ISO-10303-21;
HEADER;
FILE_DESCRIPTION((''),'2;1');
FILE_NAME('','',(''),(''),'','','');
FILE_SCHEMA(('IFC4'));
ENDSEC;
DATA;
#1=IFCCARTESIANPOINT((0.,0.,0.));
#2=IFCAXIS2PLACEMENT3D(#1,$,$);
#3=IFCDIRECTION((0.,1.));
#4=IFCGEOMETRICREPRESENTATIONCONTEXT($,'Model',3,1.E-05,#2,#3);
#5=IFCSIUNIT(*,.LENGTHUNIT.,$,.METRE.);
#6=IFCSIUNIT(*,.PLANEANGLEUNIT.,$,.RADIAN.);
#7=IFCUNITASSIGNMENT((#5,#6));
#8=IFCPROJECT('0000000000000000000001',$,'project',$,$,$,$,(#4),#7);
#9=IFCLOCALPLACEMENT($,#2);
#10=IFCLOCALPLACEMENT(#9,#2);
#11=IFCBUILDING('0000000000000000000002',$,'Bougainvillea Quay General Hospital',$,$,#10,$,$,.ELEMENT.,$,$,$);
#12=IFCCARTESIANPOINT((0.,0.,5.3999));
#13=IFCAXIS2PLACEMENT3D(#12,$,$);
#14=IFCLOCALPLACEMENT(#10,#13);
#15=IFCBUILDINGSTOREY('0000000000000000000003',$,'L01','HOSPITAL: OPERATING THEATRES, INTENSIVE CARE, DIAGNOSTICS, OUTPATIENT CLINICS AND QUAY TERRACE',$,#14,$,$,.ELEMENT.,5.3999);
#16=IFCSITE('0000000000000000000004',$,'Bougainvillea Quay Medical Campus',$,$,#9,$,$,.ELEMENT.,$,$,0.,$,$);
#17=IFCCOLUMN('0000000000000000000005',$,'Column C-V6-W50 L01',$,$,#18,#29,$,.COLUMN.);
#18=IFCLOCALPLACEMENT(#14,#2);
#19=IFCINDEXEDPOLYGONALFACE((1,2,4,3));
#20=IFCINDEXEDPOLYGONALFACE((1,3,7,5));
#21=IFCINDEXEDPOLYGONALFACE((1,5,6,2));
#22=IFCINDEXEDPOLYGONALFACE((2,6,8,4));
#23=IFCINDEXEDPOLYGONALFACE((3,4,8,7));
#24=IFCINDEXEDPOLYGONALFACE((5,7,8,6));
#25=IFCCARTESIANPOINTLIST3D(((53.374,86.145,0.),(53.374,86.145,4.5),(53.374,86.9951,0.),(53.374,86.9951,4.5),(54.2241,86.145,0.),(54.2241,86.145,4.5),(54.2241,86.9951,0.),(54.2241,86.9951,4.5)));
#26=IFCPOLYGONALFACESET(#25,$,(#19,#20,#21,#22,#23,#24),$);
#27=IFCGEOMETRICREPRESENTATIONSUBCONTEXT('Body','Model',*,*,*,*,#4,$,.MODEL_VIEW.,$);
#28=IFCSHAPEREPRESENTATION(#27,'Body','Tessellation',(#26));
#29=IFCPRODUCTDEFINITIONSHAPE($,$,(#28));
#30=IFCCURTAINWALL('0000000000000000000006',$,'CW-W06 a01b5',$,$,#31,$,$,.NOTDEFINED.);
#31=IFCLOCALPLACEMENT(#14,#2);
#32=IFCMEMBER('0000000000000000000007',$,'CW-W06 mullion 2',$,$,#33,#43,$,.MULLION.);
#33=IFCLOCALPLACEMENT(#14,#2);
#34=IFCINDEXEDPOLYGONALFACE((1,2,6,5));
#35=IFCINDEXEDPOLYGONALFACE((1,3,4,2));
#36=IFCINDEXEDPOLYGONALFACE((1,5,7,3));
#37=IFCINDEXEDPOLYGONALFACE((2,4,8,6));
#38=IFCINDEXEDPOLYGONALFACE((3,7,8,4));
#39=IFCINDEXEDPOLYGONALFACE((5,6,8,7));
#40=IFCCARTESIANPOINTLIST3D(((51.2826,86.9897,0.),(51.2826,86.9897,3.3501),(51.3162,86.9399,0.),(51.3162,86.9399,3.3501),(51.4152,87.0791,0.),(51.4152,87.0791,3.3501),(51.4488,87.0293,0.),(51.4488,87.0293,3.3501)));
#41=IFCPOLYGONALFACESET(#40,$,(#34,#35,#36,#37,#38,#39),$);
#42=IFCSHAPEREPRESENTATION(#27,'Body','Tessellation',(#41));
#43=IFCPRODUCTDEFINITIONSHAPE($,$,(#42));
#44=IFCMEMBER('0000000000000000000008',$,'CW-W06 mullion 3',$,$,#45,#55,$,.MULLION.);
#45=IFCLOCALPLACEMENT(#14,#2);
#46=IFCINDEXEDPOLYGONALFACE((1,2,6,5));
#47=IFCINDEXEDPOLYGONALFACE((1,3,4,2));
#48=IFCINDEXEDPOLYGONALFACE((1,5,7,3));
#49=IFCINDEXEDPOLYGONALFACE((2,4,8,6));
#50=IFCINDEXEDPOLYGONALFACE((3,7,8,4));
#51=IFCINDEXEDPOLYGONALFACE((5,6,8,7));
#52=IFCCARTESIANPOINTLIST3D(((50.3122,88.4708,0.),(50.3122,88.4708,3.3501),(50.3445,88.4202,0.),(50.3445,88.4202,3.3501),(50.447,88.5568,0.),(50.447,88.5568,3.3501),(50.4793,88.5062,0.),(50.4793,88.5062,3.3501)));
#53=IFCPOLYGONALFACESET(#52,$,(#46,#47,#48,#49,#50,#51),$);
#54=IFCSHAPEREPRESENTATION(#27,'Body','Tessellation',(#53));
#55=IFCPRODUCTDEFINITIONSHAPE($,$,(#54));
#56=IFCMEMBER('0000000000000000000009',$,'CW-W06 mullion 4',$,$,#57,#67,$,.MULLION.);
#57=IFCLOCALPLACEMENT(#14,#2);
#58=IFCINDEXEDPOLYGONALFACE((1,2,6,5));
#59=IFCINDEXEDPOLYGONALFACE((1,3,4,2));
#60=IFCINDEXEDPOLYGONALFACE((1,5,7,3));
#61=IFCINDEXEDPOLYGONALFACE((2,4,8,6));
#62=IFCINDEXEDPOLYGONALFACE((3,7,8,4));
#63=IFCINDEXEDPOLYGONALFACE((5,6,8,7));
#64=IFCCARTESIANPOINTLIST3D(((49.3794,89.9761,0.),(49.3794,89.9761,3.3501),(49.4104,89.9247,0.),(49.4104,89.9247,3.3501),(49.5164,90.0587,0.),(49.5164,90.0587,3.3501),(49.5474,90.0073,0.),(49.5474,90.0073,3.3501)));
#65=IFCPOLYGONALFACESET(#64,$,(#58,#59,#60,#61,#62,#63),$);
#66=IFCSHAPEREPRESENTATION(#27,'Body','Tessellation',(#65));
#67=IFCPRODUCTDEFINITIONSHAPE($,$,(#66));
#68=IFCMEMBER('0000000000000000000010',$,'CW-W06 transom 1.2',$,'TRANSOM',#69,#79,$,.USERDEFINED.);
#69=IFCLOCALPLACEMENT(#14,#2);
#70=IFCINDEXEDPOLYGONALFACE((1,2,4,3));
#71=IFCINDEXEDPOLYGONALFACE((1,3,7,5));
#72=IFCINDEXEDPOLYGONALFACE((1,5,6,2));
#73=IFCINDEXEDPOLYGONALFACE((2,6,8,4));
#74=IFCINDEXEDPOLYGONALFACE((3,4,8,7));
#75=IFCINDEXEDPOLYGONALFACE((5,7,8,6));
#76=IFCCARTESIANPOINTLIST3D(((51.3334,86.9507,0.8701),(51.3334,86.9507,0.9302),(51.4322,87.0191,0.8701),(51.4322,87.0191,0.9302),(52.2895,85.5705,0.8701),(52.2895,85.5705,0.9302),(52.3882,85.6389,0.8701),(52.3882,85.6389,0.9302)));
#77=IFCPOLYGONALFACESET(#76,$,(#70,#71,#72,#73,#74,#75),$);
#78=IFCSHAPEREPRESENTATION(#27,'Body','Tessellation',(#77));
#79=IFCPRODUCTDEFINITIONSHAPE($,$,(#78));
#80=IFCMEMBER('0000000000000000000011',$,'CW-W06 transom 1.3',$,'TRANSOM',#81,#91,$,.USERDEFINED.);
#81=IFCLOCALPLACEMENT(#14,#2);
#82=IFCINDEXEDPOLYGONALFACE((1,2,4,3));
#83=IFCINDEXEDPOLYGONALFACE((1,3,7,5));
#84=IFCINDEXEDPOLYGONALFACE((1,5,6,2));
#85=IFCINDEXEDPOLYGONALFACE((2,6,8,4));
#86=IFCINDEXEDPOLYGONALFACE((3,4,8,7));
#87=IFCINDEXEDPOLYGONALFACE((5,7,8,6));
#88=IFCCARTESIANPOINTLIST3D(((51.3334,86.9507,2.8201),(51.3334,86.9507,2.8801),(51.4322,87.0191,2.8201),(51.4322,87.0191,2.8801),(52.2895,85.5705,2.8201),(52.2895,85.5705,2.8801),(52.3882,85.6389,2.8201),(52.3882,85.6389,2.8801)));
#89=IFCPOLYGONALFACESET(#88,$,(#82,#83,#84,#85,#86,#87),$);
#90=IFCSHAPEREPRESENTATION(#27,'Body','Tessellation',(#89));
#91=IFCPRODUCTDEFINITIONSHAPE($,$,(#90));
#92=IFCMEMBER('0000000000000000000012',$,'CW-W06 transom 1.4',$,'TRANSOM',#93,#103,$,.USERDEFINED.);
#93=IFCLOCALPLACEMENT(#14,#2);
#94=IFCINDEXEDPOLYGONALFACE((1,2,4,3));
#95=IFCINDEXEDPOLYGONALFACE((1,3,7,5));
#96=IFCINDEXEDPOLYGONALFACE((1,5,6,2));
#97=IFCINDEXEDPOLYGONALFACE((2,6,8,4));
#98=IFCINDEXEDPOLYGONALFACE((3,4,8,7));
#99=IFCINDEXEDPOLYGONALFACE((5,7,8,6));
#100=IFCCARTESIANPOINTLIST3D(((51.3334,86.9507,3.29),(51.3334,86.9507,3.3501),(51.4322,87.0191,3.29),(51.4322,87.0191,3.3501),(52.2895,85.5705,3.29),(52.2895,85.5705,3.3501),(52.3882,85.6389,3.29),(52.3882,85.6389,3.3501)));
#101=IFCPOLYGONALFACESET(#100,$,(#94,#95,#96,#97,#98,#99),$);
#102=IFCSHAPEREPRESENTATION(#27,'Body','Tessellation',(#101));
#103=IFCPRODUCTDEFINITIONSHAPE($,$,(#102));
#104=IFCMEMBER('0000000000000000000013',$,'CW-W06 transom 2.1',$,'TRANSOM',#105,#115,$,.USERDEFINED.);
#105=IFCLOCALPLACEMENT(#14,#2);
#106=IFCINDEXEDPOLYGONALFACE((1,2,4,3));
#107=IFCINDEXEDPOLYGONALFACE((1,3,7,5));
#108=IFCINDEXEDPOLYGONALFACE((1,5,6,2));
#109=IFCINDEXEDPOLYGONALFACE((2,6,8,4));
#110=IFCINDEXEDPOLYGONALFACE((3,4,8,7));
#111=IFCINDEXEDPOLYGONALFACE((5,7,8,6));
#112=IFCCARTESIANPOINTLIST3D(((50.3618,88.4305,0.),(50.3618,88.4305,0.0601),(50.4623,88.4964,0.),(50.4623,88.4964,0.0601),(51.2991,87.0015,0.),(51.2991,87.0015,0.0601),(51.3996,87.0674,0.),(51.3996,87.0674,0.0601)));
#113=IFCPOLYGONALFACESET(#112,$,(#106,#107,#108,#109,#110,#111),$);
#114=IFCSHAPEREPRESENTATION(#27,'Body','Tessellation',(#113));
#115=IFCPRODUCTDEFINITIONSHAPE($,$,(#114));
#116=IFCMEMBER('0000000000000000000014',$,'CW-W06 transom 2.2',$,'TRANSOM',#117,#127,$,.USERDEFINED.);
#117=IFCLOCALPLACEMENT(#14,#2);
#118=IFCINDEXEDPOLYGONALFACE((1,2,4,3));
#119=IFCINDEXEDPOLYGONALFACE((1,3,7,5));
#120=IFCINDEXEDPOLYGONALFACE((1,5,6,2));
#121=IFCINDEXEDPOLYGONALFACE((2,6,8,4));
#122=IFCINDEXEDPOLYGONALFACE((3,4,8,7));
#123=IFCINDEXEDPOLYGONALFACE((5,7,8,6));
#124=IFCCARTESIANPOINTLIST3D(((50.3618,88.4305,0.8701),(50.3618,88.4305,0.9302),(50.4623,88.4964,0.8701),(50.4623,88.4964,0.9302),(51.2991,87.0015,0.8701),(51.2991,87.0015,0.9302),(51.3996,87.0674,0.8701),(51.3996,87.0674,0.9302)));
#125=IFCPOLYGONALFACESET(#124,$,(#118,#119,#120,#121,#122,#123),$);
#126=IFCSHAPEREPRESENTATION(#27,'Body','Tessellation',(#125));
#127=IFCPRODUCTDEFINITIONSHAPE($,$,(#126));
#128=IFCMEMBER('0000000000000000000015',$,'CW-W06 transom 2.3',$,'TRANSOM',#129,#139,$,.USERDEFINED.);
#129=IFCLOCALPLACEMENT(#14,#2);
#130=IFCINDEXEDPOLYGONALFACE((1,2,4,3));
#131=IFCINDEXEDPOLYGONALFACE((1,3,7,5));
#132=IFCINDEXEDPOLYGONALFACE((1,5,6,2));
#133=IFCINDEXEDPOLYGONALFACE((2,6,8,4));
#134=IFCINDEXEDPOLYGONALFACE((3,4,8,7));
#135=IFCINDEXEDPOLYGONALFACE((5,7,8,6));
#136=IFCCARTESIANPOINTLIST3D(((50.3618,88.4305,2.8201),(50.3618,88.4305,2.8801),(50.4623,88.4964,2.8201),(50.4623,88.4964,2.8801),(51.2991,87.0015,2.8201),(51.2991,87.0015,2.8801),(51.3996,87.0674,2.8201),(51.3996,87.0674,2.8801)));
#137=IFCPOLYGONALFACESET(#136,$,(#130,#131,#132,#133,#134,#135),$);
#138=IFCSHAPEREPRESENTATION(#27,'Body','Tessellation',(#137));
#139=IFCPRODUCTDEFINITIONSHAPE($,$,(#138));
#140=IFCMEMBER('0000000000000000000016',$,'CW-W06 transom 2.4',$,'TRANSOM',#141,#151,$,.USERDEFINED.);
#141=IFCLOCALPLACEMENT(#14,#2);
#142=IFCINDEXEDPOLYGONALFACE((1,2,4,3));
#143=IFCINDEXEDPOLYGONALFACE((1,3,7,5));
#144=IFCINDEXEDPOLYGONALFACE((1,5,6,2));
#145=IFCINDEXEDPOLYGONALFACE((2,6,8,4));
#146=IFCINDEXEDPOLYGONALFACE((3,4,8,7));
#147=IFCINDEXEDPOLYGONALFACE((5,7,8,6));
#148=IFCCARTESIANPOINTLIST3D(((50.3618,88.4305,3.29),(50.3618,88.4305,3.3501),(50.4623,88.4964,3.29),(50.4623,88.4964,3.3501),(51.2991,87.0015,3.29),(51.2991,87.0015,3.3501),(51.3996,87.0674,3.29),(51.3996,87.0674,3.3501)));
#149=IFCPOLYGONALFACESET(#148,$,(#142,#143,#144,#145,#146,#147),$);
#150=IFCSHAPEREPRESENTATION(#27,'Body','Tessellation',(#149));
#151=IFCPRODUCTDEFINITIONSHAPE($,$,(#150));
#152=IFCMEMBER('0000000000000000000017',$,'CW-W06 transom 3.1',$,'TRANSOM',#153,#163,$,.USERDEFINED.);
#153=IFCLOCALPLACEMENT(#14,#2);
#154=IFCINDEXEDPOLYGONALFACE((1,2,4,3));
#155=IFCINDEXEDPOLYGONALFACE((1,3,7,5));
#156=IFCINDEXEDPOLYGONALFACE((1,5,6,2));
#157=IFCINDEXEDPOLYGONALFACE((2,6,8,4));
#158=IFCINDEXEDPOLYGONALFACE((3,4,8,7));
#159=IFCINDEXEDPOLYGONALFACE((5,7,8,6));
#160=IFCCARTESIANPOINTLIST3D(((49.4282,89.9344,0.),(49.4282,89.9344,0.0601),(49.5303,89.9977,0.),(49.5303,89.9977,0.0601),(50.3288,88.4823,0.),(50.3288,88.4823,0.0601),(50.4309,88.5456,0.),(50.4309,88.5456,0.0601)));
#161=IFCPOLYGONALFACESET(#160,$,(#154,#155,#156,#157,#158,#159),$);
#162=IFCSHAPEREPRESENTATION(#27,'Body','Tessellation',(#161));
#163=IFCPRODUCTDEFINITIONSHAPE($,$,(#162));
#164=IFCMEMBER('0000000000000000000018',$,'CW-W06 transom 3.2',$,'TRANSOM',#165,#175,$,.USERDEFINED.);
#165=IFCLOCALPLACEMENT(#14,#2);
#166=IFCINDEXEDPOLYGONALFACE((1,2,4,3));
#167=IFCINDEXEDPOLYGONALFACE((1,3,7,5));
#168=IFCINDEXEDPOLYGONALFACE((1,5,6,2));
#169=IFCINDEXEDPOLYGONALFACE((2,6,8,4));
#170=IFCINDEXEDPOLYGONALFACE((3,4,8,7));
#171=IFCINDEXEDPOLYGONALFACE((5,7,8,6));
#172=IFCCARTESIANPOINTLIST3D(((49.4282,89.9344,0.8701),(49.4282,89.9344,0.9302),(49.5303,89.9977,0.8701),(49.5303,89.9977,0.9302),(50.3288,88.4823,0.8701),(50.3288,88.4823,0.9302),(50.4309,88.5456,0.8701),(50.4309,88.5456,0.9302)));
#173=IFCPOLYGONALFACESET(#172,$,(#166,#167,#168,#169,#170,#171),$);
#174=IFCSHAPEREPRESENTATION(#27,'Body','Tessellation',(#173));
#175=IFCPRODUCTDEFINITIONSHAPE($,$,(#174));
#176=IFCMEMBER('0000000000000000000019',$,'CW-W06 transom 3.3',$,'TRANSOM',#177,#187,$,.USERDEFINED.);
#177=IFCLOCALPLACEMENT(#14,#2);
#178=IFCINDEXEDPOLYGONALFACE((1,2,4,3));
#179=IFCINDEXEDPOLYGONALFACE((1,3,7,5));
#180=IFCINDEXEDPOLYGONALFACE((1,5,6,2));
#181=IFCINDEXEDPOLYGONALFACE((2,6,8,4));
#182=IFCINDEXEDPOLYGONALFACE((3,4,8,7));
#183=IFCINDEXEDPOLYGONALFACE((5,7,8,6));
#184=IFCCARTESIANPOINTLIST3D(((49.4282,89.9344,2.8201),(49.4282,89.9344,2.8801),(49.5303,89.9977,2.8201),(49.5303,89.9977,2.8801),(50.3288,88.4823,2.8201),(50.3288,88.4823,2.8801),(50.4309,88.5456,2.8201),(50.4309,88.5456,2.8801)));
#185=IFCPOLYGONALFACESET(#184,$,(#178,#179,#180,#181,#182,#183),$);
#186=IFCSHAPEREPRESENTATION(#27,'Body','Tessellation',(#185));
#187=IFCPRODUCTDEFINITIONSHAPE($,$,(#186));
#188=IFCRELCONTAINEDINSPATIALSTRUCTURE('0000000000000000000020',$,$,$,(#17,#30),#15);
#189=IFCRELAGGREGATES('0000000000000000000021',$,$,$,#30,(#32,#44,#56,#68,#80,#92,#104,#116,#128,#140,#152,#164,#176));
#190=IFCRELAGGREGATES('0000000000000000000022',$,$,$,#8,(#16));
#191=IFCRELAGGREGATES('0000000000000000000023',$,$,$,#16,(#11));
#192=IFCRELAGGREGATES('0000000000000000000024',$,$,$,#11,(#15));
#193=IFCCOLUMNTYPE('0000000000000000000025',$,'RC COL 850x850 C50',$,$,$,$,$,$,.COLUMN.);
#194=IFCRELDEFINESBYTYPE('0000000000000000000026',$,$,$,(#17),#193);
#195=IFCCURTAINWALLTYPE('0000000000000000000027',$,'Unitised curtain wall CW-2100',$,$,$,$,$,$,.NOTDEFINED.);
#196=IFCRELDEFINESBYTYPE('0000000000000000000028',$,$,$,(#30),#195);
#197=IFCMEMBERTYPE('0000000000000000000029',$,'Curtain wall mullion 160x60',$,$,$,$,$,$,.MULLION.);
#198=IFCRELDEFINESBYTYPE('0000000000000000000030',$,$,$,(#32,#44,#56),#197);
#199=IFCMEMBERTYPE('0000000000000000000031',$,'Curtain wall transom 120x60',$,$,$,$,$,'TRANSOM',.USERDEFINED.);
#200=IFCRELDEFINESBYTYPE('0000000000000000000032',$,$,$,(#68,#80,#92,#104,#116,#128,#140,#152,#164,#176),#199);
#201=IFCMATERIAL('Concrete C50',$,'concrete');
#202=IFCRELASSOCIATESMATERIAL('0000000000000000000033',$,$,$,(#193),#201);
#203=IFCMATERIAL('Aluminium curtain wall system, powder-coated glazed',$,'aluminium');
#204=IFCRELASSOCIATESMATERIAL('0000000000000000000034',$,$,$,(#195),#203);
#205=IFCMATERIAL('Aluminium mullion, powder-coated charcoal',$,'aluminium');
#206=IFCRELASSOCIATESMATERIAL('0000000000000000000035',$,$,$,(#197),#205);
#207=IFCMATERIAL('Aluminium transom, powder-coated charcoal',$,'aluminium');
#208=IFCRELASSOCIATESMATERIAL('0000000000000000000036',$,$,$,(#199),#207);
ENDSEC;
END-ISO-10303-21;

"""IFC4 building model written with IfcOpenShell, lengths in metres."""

from ifc_helpers import new_model, si_unit, direction, frame, origin, origin_2d, place, context, subcontext, project, spatial, rectangle, extrude, material, material_profile, profile_set, type_object, element, aggregate, save


model = new_model("IFC4")

# Units and contexts
model_context = context("Model", 3, precision=1e-05, world=origin(), true_north=direction((0.0, 1.0)))
body_context = subcontext(model_context, "Body", "Model", "MODEL_VIEW")
ifc_project = project(units=[si_unit("LENGTHUNIT", "METRE"), si_unit("PLANEANGLEUNIT", "RADIAN")], contexts=[model_context])

# Site, building, storey
site_placement = place(None, origin())
site = spatial("IfcSite", under=ifc_project, at=site_placement, Name="Bougainvillea Quay Medical Campus", CompositionType="ELEMENT", RefElevation=0.0)
building_placement = place(site_placement, origin())
building = spatial("IfcBuilding", under=site, at=building_placement, Name="Bougainvillea Quay General Hospital", CompositionType="ELEMENT")
storey_placement = place(building_placement, frame((0.0, 0.0, 5.3999)))
storey = spatial("IfcBuildingStorey", under=building, at=storey_placement, Name="L01", Description="HOSPITAL: OPERATING THEATRES, INTENSIVE CARE, DIAGNOSTICS, OUTPATIENT CLINICS AND QUAY TERRACE", CompositionType="ELEMENT", Elevation=5.3999)

# Column
ifc_material_1 = material(Name="Concrete C50", Category="concrete")
ifc_material_profile_1 = material_profile(ifc_material_1, rectangle(XDim=0.8501, YDim=0.8501, at=origin_2d()))
ifc_profile_set_1 = profile_set([ifc_material_profile_1], Name="Concrete C50")
column_type = type_object("IfcColumnType", Name="RC COL 850x850 C50", PredefinedType="COLUMN", material=ifc_profile_set_1)
column_placement = place(storey_placement, frame((53.7991, 86.5701, 0.0), z_axis=(0.0, 0.0, 1.0), x_axis=(1.0, 0.0, 0.0)))
element("IfcColumn", 1, at=column_placement, inside=storey, type_object=column_type, Name="Column C-V6-W50 L01", PredefinedType="COLUMN", context=body_context, shape_type="SweptSolid", body=[
    extrude(rectangle(XDim=0.8501, YDim=0.8501, at=origin_2d()), origin(), (0.0, 0.0, 1.0), 4.5),
])

# Curtain wall, members
ifc_material_2 = material(Name="Aluminium curtain wall system, powder-coated glazed", Category="aluminium")
curtain_wall_type = type_object("IfcCurtainWallType", Name="Unitised curtain wall CW-2100", PredefinedType="NOTDEFINED", material=ifc_material_2)
curtain_wall_placement = place(storey_placement, origin())
curtain_wall = element("IfcCurtainWall", 2, at=curtain_wall_placement, inside=storey, type_object=curtain_wall_type, Name="CW-W06 a01b5", PredefinedType="NOTDEFINED")
ifc_material_3 = material(Name="Aluminium mullion, powder-coated charcoal", Category="aluminium")
ifc_material_profile_2 = material_profile(ifc_material_3, rectangle(XDim=0.1599, YDim=0.0601, at=origin_2d()))
ifc_profile_set_2 = profile_set([ifc_material_profile_2], Name="Aluminium mullion, powder-coated charcoal")
member_type_1 = type_object("IfcMemberType", Name="Curtain wall mullion 160x60", PredefinedType="MULLION", material=ifc_profile_set_2)
member_1_placement = place(storey_placement, frame((51.3657, 87.0095, 0.0), z_axis=(0.0, 0.0, 1.0), x_axis=(-0.829164, -0.559005, 0.0)))
member_1 = element("IfcMember", 3, at=member_1_placement, type_object=member_type_1, Name="CW-W06 mullion 2", PredefinedType="MULLION", context=body_context, shape_type="SweptSolid", body=[
    extrude(rectangle(XDim=0.1599, YDim=0.0601, at=origin_2d()), origin(), (0.0, 0.0, 1.0), 3.3501),
])
member_2_placement = place(storey_placement, frame((50.3958, 88.4885, 0.0), z_axis=(0.0, 0.0, 1.0), x_axis=(-0.843072, -0.5378, 0.0)))
member_2 = element("IfcMember", 4, at=member_2_placement, type_object=member_type_1, Name="CW-W06 mullion 3", PredefinedType="MULLION", context=body_context, shape_type="SweptSolid", body=[
    extrude(rectangle(XDim=0.1599, YDim=0.0601, at=origin_2d()), origin(), (0.0, 0.0, 1.0), 3.3501),
])
member_3_placement = place(storey_placement, frame((49.4634, 89.9917, 0.0), z_axis=(0.0, 0.0, 1.0), x_axis=(-0.856438, -0.516249, 0.0)))
member_3 = element("IfcMember", 5, at=member_3_placement, type_object=member_type_1, Name="CW-W06 mullion 4", PredefinedType="MULLION", context=body_context, shape_type="SweptSolid", body=[
    extrude(rectangle(XDim=0.1599, YDim=0.0601, at=origin_2d()), origin(), (0.0, 0.0, 1.0), 3.3501),
])
ifc_material_4 = material(Name="Aluminium transom, powder-coated charcoal", Category="aluminium")
ifc_material_profile_3 = material_profile(ifc_material_4, rectangle(XDim=0.1201, YDim=0.0601, at=origin_2d()))
ifc_profile_set_3 = profile_set([ifc_material_profile_3], Name="Aluminium transom, powder-coated charcoal")
member_type_2 = type_object("IfcMemberType", Name="Curtain wall transom 120x60", ElementType="TRANSOM", PredefinedType="USERDEFINED", material=ifc_profile_set_3)
member_4_placement = place(storey_placement, frame((52.3389, 85.6047, 0.9001), z_axis=(-0.569444, 0.82203, 0.0), x_axis=(-0.82203, -0.569444, 0.0)))
member_4 = element("IfcMember", 6, at=member_4_placement, type_object=member_type_2, Name="CW-W06 transom 1.2", ObjectType="TRANSOM", PredefinedType="USERDEFINED", context=body_context, shape_type="SweptSolid", body=[
    extrude(rectangle(XDim=0.1201, YDim=0.0601, at=origin_2d()), origin(), (0.0, 0.0, 1.0), 1.679),
])
member_5_placement = place(storey_placement, frame((52.3389, 85.6047, 2.8501), z_axis=(-0.569444, 0.82203, 0.0), x_axis=(-0.82203, -0.569444, 0.0)))
member_5 = element("IfcMember", 7, at=member_5_placement, type_object=member_type_2, Name="CW-W06 transom 1.3", ObjectType="TRANSOM", PredefinedType="USERDEFINED", context=body_context, shape_type="SweptSolid", body=[
    extrude(rectangle(XDim=0.1201, YDim=0.0601, at=origin_2d()), origin(), (0.0, 0.0, 1.0), 1.679),
])
member_6_placement = place(storey_placement, frame((52.3389, 85.6047, 3.3201), z_axis=(-0.569444, 0.82203, 0.0), x_axis=(-0.82203, -0.569444, 0.0)))
member_6 = element("IfcMember", 8, at=member_6_placement, type_object=member_type_2, Name="CW-W06 transom 1.4", ObjectType="TRANSOM", PredefinedType="USERDEFINED", context=body_context, shape_type="SweptSolid", body=[
    extrude(rectangle(XDim=0.1201, YDim=0.0601, at=origin_2d()), origin(), (0.0, 0.0, 1.0), 1.679),
])
member_7_placement = place(storey_placement, frame((51.3494, 87.0344, 0.03), z_axis=(-0.548454, 0.836181, 0.0), x_axis=(-0.836181, -0.548454, 0.0)))
member_7 = element("IfcMember", 9, at=member_7_placement, type_object=member_type_2, Name="CW-W06 transom 2.1", ObjectType="TRANSOM", PredefinedType="USERDEFINED", context=body_context, shape_type="SweptSolid", body=[
    extrude(rectangle(XDim=0.1201, YDim=0.0601, at=origin_2d()), origin(), (0.0, 0.0, 1.0), 1.709),
])
member_8_placement = place(storey_placement, frame((51.3494, 87.0344, 0.9001), z_axis=(-0.548454, 0.836181, 0.0), x_axis=(-0.836181, -0.548454, 0.0)))
member_8 = element("IfcMember", 10, at=member_8_placement, type_object=member_type_2, Name="CW-W06 transom 2.2", ObjectType="TRANSOM", PredefinedType="USERDEFINED", context=body_context, shape_type="SweptSolid", body=[
    extrude(rectangle(XDim=0.1201, YDim=0.0601, at=origin_2d()), origin(), (0.0, 0.0, 1.0), 1.709),
])
member_9_placement = place(storey_placement, frame((51.3494, 87.0344, 2.8501), z_axis=(-0.548454, 0.836181, 0.0), x_axis=(-0.836181, -0.548454, 0.0)))
member_9 = element("IfcMember", 11, at=member_9_placement, type_object=member_type_2, Name="CW-W06 transom 2.3", ObjectType="TRANSOM", PredefinedType="USERDEFINED", context=body_context, shape_type="SweptSolid", body=[
    extrude(rectangle(XDim=0.1201, YDim=0.0601, at=origin_2d()), origin(), (0.0, 0.0, 1.0), 1.709),
])
member_10_placement = place(storey_placement, frame((51.3494, 87.0344, 3.3201), z_axis=(-0.548454, 0.836181, 0.0), x_axis=(-0.836181, -0.548454, 0.0)))
member_10 = element("IfcMember", 12, at=member_10_placement, type_object=member_type_2, Name="CW-W06 transom 2.4", ObjectType="TRANSOM", PredefinedType="USERDEFINED", context=body_context, shape_type="SweptSolid", body=[
    extrude(rectangle(XDim=0.1201, YDim=0.0601, at=origin_2d()), origin(), (0.0, 0.0, 1.0), 1.709),
])
member_11_placement = place(storey_placement, frame((50.3799, 88.5139, 0.03), z_axis=(-0.527068, 0.849823, 0.0), x_axis=(-0.849823, -0.527068, 0.0)))
member_11 = element("IfcMember", 13, at=member_11_placement, type_object=member_type_2, Name="CW-W06 transom 3.1", ObjectType="TRANSOM", PredefinedType="USERDEFINED", context=body_context, shape_type="SweptSolid", body=[
    extrude(rectangle(XDim=0.1201, YDim=0.0601, at=origin_2d()), origin(), (0.0, 0.0, 1.0), 1.7087),
])
member_12_placement = place(storey_placement, frame((50.3799, 88.5139, 0.9001), z_axis=(-0.527068, 0.849823, 0.0), x_axis=(-0.849823, -0.527068, 0.0)))
member_12 = element("IfcMember", 14, at=member_12_placement, type_object=member_type_2, Name="CW-W06 transom 3.2", ObjectType="TRANSOM", PredefinedType="USERDEFINED", context=body_context, shape_type="SweptSolid", body=[
    extrude(rectangle(XDim=0.1201, YDim=0.0601, at=origin_2d()), origin(), (0.0, 0.0, 1.0), 1.7087),
])
member_13_placement = place(storey_placement, frame((50.3799, 88.5139, 2.8501), z_axis=(-0.527068, 0.849823, 0.0), x_axis=(-0.849823, -0.527068, 0.0)))
member_13 = element("IfcMember", 15, at=member_13_placement, type_object=member_type_2, Name="CW-W06 transom 3.3", ObjectType="TRANSOM", PredefinedType="USERDEFINED", context=body_context, shape_type="SweptSolid", body=[
    extrude(rectangle(XDim=0.1201, YDim=0.0601, at=origin_2d()), origin(), (0.0, 0.0, 1.0), 1.7087),
])
aggregate(curtain_wall, [member_1, member_2, member_3, member_4, member_5, member_6, member_7, member_8, member_9, member_10, member_11, member_12, member_13])

save(model, "model.ifc")
